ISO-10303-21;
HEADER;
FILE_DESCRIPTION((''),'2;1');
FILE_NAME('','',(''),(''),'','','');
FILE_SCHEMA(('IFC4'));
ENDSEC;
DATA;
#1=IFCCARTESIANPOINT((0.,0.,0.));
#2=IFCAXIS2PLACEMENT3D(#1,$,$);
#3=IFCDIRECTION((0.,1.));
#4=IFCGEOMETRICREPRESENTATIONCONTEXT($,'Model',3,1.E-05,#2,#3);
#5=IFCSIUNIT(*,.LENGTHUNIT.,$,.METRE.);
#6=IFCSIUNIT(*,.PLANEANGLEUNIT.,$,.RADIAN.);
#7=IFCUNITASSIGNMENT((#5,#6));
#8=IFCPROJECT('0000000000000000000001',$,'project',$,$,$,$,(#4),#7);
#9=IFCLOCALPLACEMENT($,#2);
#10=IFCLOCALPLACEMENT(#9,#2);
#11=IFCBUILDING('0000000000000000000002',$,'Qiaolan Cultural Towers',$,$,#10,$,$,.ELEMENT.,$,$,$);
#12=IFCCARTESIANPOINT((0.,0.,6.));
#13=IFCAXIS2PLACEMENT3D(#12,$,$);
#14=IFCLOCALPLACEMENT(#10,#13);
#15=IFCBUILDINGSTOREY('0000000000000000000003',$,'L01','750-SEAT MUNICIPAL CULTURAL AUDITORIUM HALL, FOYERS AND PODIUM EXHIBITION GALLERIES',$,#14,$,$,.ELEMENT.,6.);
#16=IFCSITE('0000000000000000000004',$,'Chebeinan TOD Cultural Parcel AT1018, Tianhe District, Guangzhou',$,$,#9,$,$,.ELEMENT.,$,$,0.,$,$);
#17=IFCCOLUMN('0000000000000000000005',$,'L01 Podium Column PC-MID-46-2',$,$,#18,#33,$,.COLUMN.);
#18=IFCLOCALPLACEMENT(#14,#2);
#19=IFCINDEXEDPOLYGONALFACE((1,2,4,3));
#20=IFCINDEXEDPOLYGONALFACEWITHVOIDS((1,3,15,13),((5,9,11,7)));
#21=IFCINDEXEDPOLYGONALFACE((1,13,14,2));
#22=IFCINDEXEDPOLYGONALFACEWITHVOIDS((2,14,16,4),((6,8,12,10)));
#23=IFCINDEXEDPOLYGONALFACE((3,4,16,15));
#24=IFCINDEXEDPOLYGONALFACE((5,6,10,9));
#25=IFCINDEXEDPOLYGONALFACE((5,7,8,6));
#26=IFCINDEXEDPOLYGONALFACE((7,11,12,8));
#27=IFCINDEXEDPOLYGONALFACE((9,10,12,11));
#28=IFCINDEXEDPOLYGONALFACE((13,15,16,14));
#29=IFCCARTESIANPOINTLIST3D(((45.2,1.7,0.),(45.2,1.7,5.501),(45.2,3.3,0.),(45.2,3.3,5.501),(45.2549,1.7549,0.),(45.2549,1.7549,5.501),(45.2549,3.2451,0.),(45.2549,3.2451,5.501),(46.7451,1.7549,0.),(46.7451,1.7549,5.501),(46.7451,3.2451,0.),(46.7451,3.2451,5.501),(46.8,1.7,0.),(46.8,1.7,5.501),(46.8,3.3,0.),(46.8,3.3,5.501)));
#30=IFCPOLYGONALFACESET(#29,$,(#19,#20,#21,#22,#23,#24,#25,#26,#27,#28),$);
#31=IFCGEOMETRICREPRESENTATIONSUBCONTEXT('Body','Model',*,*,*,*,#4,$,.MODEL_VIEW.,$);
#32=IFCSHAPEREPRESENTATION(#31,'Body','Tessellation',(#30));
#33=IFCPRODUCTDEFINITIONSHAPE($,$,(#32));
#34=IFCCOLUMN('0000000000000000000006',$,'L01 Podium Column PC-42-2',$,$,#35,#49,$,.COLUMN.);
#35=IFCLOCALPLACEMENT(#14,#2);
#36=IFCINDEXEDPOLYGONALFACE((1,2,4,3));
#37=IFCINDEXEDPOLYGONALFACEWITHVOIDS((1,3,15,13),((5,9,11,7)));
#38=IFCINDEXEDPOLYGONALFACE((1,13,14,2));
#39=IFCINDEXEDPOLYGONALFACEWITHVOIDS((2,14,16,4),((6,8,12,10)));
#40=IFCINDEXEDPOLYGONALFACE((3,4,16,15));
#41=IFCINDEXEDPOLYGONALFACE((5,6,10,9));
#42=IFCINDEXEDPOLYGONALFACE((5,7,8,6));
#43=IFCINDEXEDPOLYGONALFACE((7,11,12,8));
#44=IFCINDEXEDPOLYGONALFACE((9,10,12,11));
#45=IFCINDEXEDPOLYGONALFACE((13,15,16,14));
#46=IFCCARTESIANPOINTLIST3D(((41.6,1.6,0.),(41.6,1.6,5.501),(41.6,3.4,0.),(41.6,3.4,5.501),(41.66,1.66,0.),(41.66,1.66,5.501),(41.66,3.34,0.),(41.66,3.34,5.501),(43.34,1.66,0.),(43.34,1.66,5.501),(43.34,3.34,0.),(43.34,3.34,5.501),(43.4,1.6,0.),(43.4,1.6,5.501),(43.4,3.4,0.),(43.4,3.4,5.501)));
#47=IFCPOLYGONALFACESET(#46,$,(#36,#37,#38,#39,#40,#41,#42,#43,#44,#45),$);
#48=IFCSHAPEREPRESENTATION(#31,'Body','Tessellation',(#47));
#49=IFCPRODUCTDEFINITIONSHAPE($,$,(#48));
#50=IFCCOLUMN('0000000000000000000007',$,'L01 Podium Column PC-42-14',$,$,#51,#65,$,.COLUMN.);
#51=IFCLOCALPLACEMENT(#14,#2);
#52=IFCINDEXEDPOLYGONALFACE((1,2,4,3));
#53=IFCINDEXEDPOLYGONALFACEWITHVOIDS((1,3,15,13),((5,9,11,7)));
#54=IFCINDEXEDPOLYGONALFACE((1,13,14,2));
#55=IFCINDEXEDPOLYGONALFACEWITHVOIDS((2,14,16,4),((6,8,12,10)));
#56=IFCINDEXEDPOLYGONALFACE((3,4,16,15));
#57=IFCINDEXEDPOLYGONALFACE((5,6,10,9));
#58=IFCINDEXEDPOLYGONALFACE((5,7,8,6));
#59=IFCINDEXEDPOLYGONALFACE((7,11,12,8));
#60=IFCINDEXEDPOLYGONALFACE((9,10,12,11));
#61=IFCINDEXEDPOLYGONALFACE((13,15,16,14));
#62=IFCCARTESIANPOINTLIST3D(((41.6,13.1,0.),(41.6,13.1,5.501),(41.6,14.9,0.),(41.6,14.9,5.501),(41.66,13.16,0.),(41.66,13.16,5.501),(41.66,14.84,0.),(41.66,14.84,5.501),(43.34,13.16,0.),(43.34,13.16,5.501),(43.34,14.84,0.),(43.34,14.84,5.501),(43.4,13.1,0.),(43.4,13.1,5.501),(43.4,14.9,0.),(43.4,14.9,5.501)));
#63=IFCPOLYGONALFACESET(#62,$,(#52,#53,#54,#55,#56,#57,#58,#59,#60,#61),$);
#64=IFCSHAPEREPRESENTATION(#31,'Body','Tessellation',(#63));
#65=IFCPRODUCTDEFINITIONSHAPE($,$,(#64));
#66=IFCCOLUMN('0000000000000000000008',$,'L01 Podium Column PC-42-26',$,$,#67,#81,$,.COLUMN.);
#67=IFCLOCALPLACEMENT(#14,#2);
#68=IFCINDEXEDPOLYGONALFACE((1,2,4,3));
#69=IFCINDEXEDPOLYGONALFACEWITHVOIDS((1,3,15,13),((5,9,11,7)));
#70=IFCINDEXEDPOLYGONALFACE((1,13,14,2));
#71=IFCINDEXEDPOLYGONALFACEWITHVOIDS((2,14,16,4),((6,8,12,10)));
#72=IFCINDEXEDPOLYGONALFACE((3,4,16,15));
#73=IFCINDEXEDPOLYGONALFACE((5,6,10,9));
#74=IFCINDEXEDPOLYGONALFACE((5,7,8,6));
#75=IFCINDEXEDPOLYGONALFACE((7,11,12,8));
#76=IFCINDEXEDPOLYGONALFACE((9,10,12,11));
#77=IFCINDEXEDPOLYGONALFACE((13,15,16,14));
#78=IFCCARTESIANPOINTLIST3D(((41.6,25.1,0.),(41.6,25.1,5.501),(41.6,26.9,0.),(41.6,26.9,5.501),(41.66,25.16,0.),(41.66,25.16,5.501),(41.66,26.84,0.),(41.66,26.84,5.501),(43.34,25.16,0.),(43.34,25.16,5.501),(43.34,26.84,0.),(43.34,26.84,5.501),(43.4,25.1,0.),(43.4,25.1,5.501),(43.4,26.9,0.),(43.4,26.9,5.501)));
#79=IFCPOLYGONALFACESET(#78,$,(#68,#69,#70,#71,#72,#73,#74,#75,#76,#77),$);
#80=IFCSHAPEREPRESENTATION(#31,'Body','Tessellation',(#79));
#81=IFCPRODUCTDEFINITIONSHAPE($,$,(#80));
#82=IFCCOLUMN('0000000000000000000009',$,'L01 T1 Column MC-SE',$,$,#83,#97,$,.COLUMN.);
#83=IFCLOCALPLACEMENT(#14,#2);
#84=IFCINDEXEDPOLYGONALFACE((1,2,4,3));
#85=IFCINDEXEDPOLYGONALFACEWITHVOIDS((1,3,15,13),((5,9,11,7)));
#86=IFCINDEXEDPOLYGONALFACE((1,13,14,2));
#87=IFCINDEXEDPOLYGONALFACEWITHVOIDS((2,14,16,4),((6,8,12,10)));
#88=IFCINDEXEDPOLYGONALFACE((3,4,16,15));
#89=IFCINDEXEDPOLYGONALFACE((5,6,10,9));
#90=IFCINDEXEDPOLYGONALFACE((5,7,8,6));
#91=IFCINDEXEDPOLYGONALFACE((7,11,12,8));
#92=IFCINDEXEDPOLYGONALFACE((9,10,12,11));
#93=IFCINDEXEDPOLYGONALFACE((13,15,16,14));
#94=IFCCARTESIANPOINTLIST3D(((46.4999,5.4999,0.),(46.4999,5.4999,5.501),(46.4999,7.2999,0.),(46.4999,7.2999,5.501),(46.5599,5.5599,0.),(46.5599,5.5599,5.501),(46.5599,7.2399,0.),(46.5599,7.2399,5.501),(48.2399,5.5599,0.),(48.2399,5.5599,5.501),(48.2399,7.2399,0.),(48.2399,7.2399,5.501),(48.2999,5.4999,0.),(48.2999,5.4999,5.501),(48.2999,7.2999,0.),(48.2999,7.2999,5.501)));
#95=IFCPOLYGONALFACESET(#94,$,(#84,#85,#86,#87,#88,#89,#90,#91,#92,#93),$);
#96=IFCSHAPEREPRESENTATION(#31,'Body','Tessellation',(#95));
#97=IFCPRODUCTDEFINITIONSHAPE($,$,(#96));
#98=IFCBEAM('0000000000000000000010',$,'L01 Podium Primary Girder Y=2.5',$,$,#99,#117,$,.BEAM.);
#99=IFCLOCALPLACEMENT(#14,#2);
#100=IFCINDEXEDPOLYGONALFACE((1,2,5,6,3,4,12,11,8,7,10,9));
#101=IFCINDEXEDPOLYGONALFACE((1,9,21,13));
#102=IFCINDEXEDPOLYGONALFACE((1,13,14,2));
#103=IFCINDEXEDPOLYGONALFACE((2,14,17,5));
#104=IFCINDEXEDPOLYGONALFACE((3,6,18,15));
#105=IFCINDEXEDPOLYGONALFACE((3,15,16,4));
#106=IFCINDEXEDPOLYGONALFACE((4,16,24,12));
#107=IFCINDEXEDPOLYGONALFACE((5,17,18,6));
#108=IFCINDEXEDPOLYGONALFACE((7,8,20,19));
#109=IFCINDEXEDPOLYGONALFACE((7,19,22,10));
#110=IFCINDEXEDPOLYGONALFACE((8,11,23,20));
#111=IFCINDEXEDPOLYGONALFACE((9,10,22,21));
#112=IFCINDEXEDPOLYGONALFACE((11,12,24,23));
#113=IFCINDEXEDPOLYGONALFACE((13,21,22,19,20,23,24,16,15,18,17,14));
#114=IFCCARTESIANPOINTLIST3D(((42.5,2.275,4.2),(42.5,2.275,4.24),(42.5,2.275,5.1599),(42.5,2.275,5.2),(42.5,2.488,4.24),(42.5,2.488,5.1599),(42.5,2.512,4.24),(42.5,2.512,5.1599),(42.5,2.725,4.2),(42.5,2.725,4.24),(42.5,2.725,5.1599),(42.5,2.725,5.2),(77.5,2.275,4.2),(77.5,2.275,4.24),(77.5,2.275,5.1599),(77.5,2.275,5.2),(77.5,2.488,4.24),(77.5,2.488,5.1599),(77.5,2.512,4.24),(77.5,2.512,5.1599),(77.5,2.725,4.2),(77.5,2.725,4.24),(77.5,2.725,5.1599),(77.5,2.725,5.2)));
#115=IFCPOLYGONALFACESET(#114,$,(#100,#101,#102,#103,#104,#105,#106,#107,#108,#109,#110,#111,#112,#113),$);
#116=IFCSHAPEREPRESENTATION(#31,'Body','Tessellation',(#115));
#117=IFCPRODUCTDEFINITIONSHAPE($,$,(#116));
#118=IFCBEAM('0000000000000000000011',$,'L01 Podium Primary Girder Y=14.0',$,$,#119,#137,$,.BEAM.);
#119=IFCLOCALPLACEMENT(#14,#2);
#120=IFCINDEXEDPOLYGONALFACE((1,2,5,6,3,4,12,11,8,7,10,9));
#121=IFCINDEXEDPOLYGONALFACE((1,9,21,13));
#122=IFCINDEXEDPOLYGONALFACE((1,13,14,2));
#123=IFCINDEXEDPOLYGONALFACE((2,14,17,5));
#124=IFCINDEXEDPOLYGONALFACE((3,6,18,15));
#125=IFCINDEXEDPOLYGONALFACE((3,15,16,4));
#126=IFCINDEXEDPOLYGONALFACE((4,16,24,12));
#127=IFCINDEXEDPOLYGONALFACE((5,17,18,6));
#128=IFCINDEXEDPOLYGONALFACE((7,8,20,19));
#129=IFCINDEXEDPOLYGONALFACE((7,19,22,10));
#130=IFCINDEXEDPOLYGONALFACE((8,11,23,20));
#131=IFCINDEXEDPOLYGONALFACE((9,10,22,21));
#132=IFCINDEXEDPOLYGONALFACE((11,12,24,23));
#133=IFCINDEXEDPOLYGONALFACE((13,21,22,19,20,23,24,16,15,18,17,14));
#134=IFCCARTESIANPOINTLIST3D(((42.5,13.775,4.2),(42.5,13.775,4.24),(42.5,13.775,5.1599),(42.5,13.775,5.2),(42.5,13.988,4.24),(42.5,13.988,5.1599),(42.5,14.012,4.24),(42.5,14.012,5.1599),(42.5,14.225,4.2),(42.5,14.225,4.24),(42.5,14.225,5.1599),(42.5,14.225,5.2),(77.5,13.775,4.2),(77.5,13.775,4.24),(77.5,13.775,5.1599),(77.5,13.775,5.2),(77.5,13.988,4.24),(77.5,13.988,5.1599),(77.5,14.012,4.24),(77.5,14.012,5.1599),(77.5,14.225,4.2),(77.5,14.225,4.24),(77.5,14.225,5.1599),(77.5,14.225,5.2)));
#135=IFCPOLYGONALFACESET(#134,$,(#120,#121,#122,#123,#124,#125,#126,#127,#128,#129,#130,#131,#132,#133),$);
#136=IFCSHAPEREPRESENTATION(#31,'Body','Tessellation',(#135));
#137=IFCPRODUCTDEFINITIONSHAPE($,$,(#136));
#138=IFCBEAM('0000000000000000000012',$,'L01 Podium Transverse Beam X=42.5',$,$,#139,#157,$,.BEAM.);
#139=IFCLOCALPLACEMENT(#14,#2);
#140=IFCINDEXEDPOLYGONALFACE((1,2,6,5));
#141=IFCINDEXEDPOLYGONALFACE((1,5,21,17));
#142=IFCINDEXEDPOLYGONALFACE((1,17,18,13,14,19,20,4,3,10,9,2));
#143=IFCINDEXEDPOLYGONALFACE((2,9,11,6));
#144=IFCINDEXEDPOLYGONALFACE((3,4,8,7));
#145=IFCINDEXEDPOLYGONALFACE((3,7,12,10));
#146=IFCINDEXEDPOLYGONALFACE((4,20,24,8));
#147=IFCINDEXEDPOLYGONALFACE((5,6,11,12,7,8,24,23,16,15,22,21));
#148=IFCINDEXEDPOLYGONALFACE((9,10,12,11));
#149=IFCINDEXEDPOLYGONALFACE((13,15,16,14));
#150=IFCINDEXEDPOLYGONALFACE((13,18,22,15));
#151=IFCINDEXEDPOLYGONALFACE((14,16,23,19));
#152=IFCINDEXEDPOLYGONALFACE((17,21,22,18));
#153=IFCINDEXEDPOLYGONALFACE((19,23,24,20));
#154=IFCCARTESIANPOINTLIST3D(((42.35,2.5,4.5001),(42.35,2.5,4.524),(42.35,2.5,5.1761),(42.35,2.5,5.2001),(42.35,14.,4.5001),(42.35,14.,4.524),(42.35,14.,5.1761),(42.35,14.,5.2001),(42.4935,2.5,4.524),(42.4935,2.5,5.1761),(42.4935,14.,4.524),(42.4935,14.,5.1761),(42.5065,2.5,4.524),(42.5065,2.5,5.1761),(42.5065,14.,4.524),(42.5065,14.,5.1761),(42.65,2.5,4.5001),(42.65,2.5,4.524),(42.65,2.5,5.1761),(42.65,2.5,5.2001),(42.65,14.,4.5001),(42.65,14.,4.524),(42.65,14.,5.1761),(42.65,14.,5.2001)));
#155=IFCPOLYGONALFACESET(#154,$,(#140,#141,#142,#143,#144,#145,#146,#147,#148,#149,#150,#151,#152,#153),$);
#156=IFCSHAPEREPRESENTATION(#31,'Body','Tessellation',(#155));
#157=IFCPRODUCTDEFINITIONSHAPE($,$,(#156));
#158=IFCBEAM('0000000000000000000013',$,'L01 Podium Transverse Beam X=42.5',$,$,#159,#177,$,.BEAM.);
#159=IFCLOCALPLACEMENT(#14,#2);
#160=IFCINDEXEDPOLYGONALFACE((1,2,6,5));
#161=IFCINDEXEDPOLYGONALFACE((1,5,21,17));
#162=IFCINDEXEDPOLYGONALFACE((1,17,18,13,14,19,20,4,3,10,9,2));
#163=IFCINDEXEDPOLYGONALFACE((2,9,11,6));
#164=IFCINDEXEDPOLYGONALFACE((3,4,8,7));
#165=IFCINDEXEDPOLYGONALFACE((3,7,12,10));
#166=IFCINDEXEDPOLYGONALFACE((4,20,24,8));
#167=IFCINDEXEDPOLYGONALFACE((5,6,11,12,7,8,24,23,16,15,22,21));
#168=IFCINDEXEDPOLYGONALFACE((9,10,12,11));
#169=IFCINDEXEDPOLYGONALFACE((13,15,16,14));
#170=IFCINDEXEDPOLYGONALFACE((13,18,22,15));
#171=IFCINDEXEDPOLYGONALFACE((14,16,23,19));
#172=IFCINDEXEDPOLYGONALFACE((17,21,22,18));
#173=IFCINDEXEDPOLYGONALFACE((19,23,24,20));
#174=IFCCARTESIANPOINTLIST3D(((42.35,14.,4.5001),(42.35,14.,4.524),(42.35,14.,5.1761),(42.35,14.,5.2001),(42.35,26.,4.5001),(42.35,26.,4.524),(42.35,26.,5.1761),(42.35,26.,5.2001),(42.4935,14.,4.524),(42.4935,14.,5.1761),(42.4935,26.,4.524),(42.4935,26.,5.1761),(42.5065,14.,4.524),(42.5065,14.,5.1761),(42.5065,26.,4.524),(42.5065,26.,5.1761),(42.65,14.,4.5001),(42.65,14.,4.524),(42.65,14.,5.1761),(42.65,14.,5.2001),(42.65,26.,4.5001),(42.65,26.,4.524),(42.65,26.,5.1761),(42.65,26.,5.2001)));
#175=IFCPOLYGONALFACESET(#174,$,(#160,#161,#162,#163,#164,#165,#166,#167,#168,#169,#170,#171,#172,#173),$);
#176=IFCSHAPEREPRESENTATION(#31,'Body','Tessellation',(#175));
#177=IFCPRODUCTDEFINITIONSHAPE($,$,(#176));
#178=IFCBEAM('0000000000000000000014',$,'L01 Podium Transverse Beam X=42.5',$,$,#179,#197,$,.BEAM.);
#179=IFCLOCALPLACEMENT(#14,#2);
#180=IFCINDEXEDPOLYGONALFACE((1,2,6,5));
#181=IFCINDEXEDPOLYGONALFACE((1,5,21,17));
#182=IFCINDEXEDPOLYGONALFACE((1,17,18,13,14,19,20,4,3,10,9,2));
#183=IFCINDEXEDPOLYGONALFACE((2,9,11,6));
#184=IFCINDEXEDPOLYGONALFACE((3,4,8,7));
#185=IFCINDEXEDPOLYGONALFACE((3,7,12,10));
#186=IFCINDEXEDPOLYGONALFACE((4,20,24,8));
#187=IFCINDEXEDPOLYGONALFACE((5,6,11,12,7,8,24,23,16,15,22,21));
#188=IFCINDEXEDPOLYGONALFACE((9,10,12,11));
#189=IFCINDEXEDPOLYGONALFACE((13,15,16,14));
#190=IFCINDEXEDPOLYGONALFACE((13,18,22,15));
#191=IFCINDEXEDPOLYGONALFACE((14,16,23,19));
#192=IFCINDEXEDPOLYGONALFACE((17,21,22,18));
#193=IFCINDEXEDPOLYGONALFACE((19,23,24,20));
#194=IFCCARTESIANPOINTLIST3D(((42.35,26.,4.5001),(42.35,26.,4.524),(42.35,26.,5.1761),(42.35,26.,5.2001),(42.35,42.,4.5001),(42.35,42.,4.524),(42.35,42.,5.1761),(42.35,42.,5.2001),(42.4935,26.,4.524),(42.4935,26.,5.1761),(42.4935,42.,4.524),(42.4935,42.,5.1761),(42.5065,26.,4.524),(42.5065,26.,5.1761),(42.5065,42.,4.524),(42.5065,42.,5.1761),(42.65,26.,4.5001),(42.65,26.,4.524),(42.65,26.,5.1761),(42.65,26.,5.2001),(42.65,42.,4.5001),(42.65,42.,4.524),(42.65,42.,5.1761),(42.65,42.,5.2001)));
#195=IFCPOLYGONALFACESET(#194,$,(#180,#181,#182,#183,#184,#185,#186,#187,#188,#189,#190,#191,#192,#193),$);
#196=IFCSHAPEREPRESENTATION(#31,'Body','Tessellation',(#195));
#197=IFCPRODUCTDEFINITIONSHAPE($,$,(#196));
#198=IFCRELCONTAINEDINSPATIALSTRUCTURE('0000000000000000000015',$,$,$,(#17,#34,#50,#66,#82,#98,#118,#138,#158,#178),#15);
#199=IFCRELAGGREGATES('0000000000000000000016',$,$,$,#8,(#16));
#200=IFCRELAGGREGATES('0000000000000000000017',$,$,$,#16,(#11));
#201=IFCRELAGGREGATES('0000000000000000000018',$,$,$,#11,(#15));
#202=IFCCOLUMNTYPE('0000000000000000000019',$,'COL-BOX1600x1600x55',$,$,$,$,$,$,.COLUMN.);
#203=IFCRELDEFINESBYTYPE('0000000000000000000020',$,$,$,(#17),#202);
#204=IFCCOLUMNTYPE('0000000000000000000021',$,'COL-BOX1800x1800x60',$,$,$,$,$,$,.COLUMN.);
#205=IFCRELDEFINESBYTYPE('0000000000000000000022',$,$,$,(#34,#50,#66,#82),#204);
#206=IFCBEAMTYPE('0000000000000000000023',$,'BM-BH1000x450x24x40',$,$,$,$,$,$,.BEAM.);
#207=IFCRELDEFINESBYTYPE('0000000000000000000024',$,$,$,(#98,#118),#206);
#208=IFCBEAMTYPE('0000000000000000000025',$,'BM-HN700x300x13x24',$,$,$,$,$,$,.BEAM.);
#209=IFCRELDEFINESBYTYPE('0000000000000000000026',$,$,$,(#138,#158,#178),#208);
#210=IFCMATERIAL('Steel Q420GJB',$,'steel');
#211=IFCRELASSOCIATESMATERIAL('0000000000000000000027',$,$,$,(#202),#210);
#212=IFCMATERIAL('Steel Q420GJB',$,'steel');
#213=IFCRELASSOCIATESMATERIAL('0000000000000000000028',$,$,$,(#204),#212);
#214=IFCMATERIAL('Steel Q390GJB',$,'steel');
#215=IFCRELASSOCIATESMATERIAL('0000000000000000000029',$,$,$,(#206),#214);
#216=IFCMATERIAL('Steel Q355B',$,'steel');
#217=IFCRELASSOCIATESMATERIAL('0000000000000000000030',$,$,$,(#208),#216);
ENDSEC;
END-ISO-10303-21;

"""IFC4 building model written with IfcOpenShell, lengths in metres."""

from ifc_helpers import new_model, si_unit, direction, frame, origin, origin_2d, place, context, subcontext, project, spatial, hollow_rectangle, i_section, extrude, material, material_profile, profile_set, type_object, element, save


model = new_model("IFC4")

# Units and contexts
model_context = context("Model", 3, precision=1e-05, world=origin(), true_north=direction((0.0, 1.0)))
body_context = subcontext(model_context, "Body", "Model", "MODEL_VIEW")
ifc_project = project(units=[si_unit("LENGTHUNIT", "METRE"), si_unit("PLANEANGLEUNIT", "RADIAN")], contexts=[model_context])

# Site, building, storey
site_placement = place(None, origin())
site = spatial("IfcSite", under=ifc_project, at=site_placement, Name="Chebeinan TOD Cultural Parcel AT1018, Tianhe District, Guangzhou", CompositionType="ELEMENT", RefElevation=0.0)
building_placement = place(site_placement, origin())
building = spatial("IfcBuilding", under=site, at=building_placement, Name="Qiaolan Cultural Towers", CompositionType="ELEMENT")
storey_placement = place(building_placement, frame((0.0, 0.0, 6.0)))
storey = spatial("IfcBuildingStorey", under=building, at=storey_placement, Name="L01", Description="750-SEAT MUNICIPAL CULTURAL AUDITORIUM HALL, FOYERS AND PODIUM EXHIBITION GALLERIES", CompositionType="ELEMENT", Elevation=6.0)

# Columns
ifc_material_1 = material(Name="Steel Q420GJB", Category="steel")
ifc_material_profile_1 = material_profile(ifc_material_1, hollow_rectangle(XDim=1.6001, YDim=1.6001, WallThickness=0.0549, at=origin_2d()), Name="BOX1600x1600x55")
ifc_profile_set_1 = profile_set([ifc_material_profile_1], Name="Steel Q420GJB")
column_type_1 = type_object("IfcColumnType", Name="COL-BOX1600x1600x55", PredefinedType="COLUMN", material=ifc_profile_set_1)
column_placement = place(storey_placement, frame((46.0, 2.5, 0.0), z_axis=(0.0, 0.0, 1.0), x_axis=(1.0, 0.0, 0.0)))
element("IfcColumn", 1, at=column_placement, inside=storey, type_object=column_type_1, Name="L01 Podium Column PC-MID-46-2", PredefinedType="COLUMN", context=body_context, shape_type="SweptSolid", body=[
    extrude(hollow_rectangle(XDim=1.6001, YDim=1.6001, WallThickness=0.0549, at=origin_2d()), origin(), (0.0, 0.0, 1.0), 5.501),
])
ifc_material_2 = material(Name="Steel Q420GJB", Category="steel")
ifc_material_profile_2 = material_profile(ifc_material_2, hollow_rectangle(XDim=1.8, YDim=1.8, WallThickness=0.0601, at=origin_2d()), Name="BOX1800x1800x60")
ifc_profile_set_2 = profile_set([ifc_material_profile_2], Name="Steel Q420GJB")
column_type_2 = type_object("IfcColumnType", Name="COL-BOX1800x1800x60", PredefinedType="COLUMN", material=ifc_profile_set_2)
for number, where, z_axis, x_axis, name in (
    (2, (42.5, 2.5, 0.0), (0.0, 0.0, 1.0), (1.0, 0.0, 0.0), "L01 Podium Column PC-42-2"),
    (3, (42.5, 14.0, 0.0), (0.0, 0.0, 1.0), (1.0, 0.0, 0.0), "L01 Podium Column PC-42-14"),
    (4, (42.5, 26.0, 0.0), (0.0, 0.0, 1.0), (1.0, 0.0, 0.0), "L01 Podium Column PC-42-26"),
    (5, (47.3999, 6.3999, 0.0), (0.0, 0.0, 1.0), (1.0, 0.0, 0.0), "L01 T1 Column MC-SE"),
):
    element("IfcColumn", number, at=place(storey_placement, frame(where, z_axis=z_axis, x_axis=x_axis)), inside=storey, type_object=column_type_2, Name=name, PredefinedType="COLUMN", context=body_context, shape_type="SweptSolid", body=[
        extrude(hollow_rectangle(XDim=1.8, YDim=1.8, WallThickness=0.0601, at=origin_2d()), origin(), (0.0, 0.0, 1.0), 5.501),
    ])

# Beams
ifc_material_3 = material(Name="Steel Q390GJB", Category="steel")
ifc_material_profile_3 = material_profile(ifc_material_3, i_section(OverallWidth=0.45, OverallDepth=1.0, WebThickness=0.0239, FlangeThickness=0.04, at=origin_2d()), Name="BH1000x450x24x40")
ifc_profile_set_3 = profile_set([ifc_material_profile_3], Name="Steel Q390GJB")
beam_type_1 = type_object("IfcBeamType", Name="BM-BH1000x450x24x40", PredefinedType="BEAM", material=ifc_profile_set_3)
for number, where, z_axis, x_axis, name in (
    (6, (42.5, 2.5, 4.7), (1.0, 0.0, 0.0), (0.0, 1.0, 0.0), "L01 Podium Primary Girder Y=2.5"),
    (7, (42.5, 14.0, 4.7), (1.0, 0.0, 0.0), (0.0, 1.0, 0.0), "L01 Podium Primary Girder Y=14.0"),
):
    element("IfcBeam", number, at=place(storey_placement, frame(where, z_axis=z_axis, x_axis=x_axis)), inside=storey, type_object=beam_type_1, Name=name, PredefinedType="BEAM", context=body_context, shape_type="SweptSolid", body=[
        extrude(i_section(OverallWidth=0.45, OverallDepth=1.0, WebThickness=0.0239, FlangeThickness=0.04, at=origin_2d()), origin(), (0.0, 0.0, 1.0), 35.0),
    ])
ifc_material_4 = material(Name="Steel Q355B", Category="steel")
ifc_material_profile_4 = material_profile(ifc_material_4, i_section(OverallWidth=0.3, OverallDepth=0.7, WebThickness=0.0129, FlangeThickness=0.0239, at=origin_2d()), Name="HN700x300x13x24")
ifc_profile_set_4 = profile_set([ifc_material_profile_4], Name="Steel Q355B")
beam_type_2 = type_object("IfcBeamType", Name="BM-HN700x300x13x24", PredefinedType="BEAM", material=ifc_profile_set_4)
beam_1_placement = place(storey_placement, frame((42.5, 2.5, 4.8501), z_axis=(0.0, 1.0, 0.0), x_axis=(-1.0, 0.0, 0.0)))
element("IfcBeam", 8, at=beam_1_placement, inside=storey, type_object=beam_type_2, Name="L01 Podium Transverse Beam X=42.5", PredefinedType="BEAM", context=body_context, shape_type="SweptSolid", body=[
    extrude(i_section(OverallWidth=0.3, OverallDepth=0.7, WebThickness=0.0129, FlangeThickness=0.0239, at=origin_2d()), origin(), (0.0, 0.0, 1.0), 11.5),
])
beam_2_placement = place(storey_placement, frame((42.5, 14.0, 4.8501), z_axis=(0.0, 1.0, 0.0), x_axis=(-1.0, 0.0, 0.0)))
element("IfcBeam", 9, at=beam_2_placement, inside=storey, type_object=beam_type_2, Name="L01 Podium Transverse Beam X=42.5", PredefinedType="BEAM", context=body_context, shape_type="SweptSolid", body=[
    extrude(i_section(OverallWidth=0.3, OverallDepth=0.7, WebThickness=0.0129, FlangeThickness=0.0239, at=origin_2d()), origin(), (0.0, 0.0, 1.0), 12.0),
])
beam_3_placement = place(storey_placement, frame((42.5, 26.0, 4.8501), z_axis=(0.0, 1.0, 0.0), x_axis=(-1.0, 0.0, 0.0)))
element("IfcBeam", 10, at=beam_3_placement, inside=storey, type_object=beam_type_2, Name="L01 Podium Transverse Beam X=42.5", PredefinedType="BEAM", context=body_context, shape_type="SweptSolid", body=[
    extrude(i_section(OverallWidth=0.3, OverallDepth=0.7, WebThickness=0.0129, FlangeThickness=0.0239, at=origin_2d()), origin(), (0.0, 0.0, 1.0), 16.0),
])

save(model, "model.ifc")
